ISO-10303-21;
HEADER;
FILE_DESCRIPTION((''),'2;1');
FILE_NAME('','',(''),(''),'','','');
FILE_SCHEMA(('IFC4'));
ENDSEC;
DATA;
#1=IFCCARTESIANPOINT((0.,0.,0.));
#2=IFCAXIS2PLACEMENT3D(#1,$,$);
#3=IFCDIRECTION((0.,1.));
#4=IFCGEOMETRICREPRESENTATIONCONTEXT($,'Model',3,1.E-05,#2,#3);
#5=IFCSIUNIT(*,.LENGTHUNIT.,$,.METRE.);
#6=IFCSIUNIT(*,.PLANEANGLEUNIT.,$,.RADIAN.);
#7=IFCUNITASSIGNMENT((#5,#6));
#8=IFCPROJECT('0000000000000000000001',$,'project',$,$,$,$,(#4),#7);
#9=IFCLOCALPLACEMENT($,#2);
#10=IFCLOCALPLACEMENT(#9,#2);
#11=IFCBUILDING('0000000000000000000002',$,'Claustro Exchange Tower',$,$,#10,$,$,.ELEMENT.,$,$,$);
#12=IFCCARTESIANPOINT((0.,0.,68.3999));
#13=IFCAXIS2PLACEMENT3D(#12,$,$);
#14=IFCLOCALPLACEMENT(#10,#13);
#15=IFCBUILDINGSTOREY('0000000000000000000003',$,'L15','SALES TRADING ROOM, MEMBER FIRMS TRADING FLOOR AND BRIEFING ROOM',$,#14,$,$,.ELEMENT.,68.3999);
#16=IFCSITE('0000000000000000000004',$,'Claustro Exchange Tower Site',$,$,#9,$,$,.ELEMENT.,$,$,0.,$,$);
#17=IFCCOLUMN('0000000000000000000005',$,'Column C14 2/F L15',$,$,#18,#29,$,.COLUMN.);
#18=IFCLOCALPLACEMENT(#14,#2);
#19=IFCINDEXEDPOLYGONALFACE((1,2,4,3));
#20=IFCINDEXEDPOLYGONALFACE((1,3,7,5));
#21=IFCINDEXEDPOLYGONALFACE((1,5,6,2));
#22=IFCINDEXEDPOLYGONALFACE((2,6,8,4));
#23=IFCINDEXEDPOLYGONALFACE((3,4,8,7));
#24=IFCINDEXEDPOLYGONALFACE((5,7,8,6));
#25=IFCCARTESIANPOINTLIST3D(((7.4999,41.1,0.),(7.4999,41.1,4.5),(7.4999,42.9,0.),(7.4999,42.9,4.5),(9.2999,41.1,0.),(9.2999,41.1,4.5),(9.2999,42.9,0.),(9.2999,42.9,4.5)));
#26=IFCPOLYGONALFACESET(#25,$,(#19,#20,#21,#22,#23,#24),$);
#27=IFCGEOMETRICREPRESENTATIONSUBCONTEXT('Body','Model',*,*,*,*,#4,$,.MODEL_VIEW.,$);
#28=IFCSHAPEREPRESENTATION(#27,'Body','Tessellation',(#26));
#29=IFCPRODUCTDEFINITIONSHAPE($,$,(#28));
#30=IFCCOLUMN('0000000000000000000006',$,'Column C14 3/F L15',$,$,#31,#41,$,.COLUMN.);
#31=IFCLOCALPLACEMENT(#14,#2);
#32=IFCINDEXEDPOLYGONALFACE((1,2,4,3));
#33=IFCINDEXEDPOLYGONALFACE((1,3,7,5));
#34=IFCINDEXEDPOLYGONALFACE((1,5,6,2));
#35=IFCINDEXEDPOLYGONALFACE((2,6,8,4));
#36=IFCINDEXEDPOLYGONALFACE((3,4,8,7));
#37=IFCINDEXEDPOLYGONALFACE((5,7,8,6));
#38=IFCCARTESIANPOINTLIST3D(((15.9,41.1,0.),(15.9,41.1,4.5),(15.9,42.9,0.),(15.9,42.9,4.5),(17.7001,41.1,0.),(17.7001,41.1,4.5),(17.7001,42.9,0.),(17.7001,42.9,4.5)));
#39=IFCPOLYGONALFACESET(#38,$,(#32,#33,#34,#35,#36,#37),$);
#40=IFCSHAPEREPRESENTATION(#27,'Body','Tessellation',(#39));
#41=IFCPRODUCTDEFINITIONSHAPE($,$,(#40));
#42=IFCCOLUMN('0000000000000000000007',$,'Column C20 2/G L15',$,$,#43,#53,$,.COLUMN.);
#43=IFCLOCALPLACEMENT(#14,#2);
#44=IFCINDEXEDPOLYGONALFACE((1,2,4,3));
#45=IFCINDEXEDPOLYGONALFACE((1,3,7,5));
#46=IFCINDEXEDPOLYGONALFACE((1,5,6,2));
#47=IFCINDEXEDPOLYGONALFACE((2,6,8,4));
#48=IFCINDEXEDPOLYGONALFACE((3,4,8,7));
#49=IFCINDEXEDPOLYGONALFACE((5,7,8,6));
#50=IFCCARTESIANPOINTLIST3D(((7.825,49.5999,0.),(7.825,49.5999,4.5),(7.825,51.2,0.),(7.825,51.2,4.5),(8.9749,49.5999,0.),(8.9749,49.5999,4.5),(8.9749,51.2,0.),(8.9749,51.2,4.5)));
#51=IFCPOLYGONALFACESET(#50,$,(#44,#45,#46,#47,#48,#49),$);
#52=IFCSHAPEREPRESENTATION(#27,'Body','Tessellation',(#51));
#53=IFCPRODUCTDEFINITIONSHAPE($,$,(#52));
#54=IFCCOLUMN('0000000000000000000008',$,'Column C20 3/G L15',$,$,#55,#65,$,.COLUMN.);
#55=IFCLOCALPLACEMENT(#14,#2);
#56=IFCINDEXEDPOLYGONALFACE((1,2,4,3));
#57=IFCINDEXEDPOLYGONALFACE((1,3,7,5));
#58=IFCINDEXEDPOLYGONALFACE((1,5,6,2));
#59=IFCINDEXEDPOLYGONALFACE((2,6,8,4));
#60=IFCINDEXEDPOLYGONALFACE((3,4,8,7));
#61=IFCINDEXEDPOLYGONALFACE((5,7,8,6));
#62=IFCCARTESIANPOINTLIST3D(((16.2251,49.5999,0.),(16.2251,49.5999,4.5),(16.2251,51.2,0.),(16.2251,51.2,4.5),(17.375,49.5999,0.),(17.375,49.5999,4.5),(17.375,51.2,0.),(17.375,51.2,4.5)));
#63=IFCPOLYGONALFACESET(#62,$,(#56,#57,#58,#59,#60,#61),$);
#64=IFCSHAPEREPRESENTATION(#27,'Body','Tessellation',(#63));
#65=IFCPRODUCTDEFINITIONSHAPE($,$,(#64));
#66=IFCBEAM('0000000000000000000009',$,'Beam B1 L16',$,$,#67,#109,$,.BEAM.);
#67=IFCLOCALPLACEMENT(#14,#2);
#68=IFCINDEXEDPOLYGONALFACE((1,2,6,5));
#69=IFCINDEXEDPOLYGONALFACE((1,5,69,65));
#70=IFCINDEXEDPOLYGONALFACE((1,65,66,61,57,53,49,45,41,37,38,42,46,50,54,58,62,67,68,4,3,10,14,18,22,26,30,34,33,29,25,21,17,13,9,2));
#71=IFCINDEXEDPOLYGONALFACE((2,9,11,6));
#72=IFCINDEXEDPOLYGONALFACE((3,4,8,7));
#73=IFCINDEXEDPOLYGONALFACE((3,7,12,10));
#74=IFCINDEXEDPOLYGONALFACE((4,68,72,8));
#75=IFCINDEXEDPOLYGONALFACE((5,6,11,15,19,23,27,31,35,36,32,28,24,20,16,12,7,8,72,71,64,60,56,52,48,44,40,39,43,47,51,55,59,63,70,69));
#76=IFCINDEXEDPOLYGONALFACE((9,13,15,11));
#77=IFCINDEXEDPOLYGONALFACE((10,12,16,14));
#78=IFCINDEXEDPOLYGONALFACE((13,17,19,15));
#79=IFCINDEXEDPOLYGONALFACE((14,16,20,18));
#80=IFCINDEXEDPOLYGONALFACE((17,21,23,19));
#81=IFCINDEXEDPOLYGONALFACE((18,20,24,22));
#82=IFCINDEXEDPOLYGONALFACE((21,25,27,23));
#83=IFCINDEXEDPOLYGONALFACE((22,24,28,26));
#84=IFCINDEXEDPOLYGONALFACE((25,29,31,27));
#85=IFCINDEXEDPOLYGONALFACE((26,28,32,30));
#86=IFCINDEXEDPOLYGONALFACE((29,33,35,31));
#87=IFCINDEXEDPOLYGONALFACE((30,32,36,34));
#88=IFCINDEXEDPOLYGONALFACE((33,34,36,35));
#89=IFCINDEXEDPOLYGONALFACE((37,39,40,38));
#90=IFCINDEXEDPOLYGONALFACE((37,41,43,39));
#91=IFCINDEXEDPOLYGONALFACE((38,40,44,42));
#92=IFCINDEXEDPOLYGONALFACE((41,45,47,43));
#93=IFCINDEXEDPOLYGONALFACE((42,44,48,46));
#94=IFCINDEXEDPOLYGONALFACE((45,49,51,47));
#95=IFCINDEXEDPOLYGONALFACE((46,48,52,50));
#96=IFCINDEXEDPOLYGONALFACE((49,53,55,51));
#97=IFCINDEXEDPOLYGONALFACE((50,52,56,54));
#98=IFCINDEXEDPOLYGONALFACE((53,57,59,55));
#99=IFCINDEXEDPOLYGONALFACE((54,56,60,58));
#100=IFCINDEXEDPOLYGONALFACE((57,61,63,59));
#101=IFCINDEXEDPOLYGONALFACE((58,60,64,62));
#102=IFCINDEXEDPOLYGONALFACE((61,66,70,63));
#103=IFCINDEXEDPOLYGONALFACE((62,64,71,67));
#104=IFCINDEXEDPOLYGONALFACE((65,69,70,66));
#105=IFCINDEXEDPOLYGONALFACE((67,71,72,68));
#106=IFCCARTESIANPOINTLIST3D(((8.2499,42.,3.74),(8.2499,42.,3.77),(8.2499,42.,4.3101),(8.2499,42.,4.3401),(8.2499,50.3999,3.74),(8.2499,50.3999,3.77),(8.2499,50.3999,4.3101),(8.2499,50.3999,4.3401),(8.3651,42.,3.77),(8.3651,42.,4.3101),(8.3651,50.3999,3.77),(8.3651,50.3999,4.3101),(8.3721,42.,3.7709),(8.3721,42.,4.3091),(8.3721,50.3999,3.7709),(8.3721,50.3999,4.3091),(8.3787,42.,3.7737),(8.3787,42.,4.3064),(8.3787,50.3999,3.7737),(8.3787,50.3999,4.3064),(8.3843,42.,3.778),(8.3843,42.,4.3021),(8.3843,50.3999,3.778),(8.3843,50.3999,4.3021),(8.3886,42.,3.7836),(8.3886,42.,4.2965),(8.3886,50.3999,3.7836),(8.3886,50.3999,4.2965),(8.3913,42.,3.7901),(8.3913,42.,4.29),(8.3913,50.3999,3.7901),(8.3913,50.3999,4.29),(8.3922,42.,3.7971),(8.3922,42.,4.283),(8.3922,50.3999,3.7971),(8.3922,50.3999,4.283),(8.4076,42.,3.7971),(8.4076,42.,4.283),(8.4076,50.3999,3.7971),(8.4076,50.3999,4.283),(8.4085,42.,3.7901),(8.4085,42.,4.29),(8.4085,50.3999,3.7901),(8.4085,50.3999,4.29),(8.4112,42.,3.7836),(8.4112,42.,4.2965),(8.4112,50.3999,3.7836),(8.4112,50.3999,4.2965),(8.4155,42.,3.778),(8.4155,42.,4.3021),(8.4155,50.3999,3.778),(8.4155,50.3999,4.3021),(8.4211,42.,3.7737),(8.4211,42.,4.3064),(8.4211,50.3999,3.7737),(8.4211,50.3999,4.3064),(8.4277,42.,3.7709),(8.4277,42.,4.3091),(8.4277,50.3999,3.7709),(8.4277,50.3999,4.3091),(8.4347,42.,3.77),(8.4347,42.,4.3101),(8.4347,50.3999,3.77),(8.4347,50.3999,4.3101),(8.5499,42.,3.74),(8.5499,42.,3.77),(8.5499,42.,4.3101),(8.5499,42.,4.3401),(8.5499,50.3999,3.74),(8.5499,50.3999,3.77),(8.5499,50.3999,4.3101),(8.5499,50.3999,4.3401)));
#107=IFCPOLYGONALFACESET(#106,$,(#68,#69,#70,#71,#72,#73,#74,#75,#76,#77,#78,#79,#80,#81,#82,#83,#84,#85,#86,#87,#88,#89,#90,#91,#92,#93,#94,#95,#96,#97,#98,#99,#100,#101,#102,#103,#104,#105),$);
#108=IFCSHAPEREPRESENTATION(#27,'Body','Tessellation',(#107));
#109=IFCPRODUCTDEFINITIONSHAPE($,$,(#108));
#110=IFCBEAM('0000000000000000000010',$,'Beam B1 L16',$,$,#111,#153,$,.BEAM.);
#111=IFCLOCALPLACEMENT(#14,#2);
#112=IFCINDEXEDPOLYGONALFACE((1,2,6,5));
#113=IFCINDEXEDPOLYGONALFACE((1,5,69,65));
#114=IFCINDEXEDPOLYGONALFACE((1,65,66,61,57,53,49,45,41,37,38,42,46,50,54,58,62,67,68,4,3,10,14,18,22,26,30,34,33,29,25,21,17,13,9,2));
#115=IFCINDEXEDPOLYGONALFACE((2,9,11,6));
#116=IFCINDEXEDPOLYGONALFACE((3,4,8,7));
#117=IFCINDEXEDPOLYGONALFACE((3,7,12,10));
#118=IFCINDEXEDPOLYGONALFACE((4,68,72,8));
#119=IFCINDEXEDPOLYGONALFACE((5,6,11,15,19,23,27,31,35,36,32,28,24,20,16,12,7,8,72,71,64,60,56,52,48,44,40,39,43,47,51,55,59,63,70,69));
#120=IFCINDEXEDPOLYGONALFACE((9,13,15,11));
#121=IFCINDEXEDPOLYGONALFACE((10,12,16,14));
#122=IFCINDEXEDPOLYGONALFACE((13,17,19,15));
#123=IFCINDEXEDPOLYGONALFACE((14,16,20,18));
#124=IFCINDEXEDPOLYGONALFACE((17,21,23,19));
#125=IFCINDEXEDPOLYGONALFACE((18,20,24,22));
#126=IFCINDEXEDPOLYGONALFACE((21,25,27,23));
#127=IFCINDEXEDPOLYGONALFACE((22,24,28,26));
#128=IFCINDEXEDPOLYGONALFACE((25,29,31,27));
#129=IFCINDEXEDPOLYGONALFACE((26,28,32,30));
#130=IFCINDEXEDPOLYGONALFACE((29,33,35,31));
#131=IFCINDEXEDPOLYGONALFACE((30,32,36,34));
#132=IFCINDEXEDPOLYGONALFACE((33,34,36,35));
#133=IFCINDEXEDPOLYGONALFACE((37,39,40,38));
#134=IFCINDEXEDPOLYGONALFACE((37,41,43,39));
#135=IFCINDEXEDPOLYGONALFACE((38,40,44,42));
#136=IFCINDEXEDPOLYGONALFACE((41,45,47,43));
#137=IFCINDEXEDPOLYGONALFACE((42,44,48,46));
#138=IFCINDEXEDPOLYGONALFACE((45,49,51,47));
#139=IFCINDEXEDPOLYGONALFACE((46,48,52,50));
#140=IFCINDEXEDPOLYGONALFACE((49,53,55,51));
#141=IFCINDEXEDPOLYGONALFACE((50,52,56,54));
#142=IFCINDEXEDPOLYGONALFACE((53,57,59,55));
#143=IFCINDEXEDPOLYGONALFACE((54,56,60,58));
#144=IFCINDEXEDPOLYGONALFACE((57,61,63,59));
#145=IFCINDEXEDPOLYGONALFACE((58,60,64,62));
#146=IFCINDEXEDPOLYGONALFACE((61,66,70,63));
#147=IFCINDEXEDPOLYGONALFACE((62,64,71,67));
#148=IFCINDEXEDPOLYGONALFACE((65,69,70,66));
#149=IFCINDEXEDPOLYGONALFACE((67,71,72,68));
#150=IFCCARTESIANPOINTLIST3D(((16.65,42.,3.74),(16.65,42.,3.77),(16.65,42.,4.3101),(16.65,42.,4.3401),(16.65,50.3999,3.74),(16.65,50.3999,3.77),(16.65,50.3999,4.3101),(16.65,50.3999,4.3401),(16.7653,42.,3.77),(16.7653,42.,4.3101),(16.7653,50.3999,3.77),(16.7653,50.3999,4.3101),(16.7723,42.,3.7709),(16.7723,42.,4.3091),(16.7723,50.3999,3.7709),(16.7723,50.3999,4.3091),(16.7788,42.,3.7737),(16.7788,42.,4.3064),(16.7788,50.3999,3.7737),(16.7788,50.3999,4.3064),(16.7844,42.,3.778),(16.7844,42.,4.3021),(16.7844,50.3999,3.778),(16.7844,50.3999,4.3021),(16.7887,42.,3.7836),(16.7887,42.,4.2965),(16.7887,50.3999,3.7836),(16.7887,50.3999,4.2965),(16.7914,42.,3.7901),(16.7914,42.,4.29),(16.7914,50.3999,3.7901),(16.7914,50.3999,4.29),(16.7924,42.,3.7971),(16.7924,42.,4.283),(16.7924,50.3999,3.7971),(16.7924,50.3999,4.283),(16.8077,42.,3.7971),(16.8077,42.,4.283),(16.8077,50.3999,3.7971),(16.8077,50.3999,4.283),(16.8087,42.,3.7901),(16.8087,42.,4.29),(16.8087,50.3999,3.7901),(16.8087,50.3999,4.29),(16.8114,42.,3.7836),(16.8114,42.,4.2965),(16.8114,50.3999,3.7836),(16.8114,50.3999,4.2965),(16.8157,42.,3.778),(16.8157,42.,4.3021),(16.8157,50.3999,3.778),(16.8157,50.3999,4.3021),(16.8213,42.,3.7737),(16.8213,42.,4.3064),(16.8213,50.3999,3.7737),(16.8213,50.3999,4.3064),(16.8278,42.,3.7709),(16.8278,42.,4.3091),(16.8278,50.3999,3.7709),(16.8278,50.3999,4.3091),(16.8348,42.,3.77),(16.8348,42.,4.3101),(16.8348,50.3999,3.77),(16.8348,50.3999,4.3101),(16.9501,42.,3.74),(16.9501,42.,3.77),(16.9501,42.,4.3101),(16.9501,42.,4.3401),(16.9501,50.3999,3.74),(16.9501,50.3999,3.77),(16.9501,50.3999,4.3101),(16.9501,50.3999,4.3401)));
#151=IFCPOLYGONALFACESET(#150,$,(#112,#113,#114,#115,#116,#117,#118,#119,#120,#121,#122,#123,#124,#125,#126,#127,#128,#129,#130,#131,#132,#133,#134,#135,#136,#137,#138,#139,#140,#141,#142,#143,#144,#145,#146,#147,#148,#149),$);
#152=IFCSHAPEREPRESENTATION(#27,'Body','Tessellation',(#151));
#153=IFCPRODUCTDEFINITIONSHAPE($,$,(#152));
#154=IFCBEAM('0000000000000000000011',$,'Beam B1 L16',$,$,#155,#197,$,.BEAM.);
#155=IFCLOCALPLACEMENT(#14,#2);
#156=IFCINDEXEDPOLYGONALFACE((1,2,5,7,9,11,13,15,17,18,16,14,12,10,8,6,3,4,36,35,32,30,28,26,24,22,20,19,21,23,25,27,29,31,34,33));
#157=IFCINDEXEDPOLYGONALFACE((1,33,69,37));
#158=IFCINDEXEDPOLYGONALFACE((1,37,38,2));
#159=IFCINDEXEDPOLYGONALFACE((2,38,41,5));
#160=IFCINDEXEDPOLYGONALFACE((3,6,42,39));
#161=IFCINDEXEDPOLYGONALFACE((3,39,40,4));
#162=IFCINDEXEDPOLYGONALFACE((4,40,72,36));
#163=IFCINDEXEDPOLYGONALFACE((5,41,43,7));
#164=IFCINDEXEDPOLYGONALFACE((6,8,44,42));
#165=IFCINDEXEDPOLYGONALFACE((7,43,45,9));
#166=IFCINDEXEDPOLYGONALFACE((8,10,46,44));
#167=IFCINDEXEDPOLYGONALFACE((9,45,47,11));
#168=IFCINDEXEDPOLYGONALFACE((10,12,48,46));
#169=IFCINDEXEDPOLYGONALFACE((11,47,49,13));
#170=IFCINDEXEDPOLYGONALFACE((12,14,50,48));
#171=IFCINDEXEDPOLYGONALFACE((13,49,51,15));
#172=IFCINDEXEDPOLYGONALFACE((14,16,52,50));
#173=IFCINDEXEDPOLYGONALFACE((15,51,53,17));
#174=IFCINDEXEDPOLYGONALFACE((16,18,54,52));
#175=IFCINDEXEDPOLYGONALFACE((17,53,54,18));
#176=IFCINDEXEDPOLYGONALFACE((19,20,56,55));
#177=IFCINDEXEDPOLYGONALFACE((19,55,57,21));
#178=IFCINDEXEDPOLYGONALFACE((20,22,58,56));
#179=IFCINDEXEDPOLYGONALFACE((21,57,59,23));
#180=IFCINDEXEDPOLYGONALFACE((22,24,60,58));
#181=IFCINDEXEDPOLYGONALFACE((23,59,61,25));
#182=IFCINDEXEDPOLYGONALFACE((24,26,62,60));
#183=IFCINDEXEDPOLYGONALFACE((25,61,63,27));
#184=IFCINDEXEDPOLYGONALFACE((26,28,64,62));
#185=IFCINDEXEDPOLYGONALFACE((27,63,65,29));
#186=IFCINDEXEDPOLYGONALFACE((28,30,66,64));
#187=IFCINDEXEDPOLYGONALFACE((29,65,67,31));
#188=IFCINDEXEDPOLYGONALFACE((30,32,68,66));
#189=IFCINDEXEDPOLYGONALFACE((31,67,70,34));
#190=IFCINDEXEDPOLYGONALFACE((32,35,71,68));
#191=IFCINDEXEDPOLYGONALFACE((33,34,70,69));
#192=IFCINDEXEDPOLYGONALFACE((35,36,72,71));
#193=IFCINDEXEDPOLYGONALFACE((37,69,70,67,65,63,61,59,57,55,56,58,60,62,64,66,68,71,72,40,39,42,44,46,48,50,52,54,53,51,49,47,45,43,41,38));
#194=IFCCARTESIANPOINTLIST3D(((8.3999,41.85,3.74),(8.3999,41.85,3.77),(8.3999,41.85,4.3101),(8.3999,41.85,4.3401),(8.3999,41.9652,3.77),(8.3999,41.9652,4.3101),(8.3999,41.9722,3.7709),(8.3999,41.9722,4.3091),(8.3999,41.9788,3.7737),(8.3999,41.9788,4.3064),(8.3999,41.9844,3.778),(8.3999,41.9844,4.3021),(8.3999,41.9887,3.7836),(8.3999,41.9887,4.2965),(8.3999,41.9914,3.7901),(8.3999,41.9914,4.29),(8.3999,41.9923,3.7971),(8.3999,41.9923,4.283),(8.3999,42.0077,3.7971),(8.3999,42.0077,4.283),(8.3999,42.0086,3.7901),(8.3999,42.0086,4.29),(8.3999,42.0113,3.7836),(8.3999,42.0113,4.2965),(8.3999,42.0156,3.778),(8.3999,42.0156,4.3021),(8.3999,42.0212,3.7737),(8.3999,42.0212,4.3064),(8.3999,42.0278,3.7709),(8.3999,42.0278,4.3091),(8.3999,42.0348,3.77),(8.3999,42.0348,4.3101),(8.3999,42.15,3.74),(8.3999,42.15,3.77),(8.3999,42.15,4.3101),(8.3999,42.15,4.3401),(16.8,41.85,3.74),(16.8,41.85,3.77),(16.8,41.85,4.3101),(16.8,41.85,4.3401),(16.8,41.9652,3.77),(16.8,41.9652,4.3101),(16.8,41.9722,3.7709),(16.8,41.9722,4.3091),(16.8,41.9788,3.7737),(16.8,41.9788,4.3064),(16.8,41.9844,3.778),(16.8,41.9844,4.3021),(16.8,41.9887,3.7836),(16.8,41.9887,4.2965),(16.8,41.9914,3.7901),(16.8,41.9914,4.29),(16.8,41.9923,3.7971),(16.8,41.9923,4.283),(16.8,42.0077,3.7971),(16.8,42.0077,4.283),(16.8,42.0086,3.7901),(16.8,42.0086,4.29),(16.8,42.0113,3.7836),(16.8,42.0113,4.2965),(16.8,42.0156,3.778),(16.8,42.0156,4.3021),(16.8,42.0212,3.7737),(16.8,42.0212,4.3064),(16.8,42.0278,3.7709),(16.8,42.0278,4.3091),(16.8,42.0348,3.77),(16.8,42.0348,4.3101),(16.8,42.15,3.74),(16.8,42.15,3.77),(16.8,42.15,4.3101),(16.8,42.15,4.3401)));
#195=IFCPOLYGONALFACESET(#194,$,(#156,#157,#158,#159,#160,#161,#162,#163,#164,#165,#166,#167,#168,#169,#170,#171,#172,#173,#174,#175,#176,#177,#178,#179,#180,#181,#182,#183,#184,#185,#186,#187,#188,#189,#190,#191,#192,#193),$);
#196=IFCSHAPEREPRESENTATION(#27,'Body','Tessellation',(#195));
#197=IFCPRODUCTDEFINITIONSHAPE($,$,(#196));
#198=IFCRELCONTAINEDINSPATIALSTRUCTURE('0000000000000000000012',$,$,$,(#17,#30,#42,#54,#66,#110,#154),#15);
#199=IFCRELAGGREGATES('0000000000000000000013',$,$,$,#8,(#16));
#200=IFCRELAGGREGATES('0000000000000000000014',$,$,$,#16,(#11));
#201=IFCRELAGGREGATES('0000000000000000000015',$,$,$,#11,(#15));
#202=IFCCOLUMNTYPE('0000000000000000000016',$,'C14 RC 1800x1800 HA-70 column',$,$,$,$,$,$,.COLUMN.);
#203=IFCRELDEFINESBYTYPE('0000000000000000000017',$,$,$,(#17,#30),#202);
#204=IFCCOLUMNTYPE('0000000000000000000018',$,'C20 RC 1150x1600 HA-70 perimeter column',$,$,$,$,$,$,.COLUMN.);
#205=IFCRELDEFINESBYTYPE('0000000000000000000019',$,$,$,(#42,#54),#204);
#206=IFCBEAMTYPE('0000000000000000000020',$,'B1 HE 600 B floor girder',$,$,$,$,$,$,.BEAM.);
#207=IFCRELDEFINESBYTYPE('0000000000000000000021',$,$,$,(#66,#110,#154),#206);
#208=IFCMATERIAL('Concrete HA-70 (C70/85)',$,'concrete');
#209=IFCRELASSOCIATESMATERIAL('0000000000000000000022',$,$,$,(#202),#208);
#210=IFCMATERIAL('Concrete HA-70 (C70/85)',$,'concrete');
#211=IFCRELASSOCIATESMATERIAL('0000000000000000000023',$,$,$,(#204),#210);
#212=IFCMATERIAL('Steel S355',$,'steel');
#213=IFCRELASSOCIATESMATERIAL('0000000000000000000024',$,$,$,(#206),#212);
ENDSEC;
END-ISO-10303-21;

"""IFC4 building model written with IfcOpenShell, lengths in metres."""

from ifc_helpers import new_model, si_unit, direction, frame, origin, origin_2d, place, context, subcontext, project, spatial, rectangle, i_section, extrude, material, material_profile, profile_set, type_object, element, save


model = new_model("IFC4")

# Units and contexts
model_context = context("Model", 3, precision=1e-05, world=origin(), true_north=direction((0.0, 1.0)))
body_context = subcontext(model_context, "Body", "Model", "MODEL_VIEW")
ifc_project = project(units=[si_unit("LENGTHUNIT", "METRE"), si_unit("PLANEANGLEUNIT", "RADIAN")], contexts=[model_context])

# Site, building, storey
site_placement = place(None, origin())
site = spatial("IfcSite", under=ifc_project, at=site_placement, Name="Claustro Exchange Tower Site", CompositionType="ELEMENT", RefElevation=0.0)
building_placement = place(site_placement, origin())
building = spatial("IfcBuilding", under=site, at=building_placement, Name="Claustro Exchange Tower", CompositionType="ELEMENT")
storey_placement = place(building_placement, frame((0.0, 0.0, 68.3999)))
storey = spatial("IfcBuildingStorey", under=building, at=storey_placement, Name="L15", Description="SALES TRADING ROOM, MEMBER FIRMS TRADING FLOOR AND BRIEFING ROOM", CompositionType="ELEMENT", Elevation=68.3999)

# Columns
ifc_material_1 = material(Name="Concrete HA-70 (C70/85)", Category="concrete")
ifc_material_profile_1 = material_profile(ifc_material_1, rectangle(XDim=1.8, YDim=1.8, at=origin_2d()), Name="RC 1800x1800")
ifc_profile_set_1 = profile_set([ifc_material_profile_1], Name="Concrete HA-70 (C70/85)")
column_type_1 = type_object("IfcColumnType", Name="C14 RC 1800x1800 HA-70 column", PredefinedType="COLUMN", material=ifc_profile_set_1)
for number, where, z_axis, x_axis, name in (
    (1, (8.3999, 42.0, 0.0), (0.0, 0.0, 1.0), (1.0, 0.0, 0.0), "Column C14 2/F L15"),
    (2, (16.8, 42.0, 0.0), (0.0, 0.0, 1.0), (1.0, 0.0, 0.0), "Column C14 3/F L15"),
):
    element("IfcColumn", number, at=place(storey_placement, frame(where, z_axis=z_axis, x_axis=x_axis)), inside=storey, type_object=column_type_1, Name=name, PredefinedType="COLUMN", context=body_context, shape_type="SweptSolid", body=[
        extrude(rectangle(XDim=1.8, YDim=1.8, at=origin_2d()), origin(), (0.0, 0.0, 1.0), 4.5),
    ])
ifc_material_2 = material(Name="Concrete HA-70 (C70/85)", Category="concrete")
ifc_material_profile_2 = material_profile(ifc_material_2, rectangle(XDim=1.1499, YDim=1.6001, at=origin_2d()), Name="RC 1150x1600")
ifc_profile_set_2 = profile_set([ifc_material_profile_2], Name="Concrete HA-70 (C70/85)")
column_type_2 = type_object("IfcColumnType", Name="C20 RC 1150x1600 HA-70 perimeter column", PredefinedType="COLUMN", material=ifc_profile_set_2)
for number, where, z_axis, x_axis, name in (
    (3, (8.3999, 50.3999, 0.0), (0.0, 0.0, 1.0), (1.0, 0.0, 0.0), "Column C20 2/G L15"),
    (4, (16.8, 50.3999, 0.0), (0.0, 0.0, 1.0), (1.0, 0.0, 0.0), "Column C20 3/G L15"),
):
    element("IfcColumn", number, at=place(storey_placement, frame(where, z_axis=z_axis, x_axis=x_axis)), inside=storey, type_object=column_type_2, Name=name, PredefinedType="COLUMN", context=body_context, shape_type="SweptSolid", body=[
        extrude(rectangle(XDim=1.1499, YDim=1.6001, at=origin_2d()), origin(), (0.0, 0.0, 1.0), 4.5),
    ])

# Beams
ifc_material_3 = material(Name="Steel S355", Category="steel")
ifc_material_profile_3 = material_profile(ifc_material_3, i_section(OverallWidth=0.3, OverallDepth=0.6001, WebThickness=0.0154, FlangeThickness=0.03, FilletRadius=0.0271, at=origin_2d()), Name="HE 600 B")
ifc_profile_set_3 = profile_set([ifc_material_profile_3], Name="Steel S355")
beam_type_1 = type_object("IfcBeamType", Name="B1 HE 600 B floor girder", PredefinedType="BEAM", material=ifc_profile_set_3)
for number, where, z_axis, x_axis, name in (
    (5, (8.3999, 42.0, 4.04), (0.0, 1.0, 0.0), (-1.0, 0.0, 0.0), "Beam B1 L16"),
    (6, (16.8, 42.0, 4.04), (0.0, 1.0, 0.0), (-1.0, 0.0, 0.0), "Beam B1 L16"),
):
    element("IfcBeam", number, at=place(storey_placement, frame(where, z_axis=z_axis, x_axis=x_axis)), inside=storey, type_object=beam_type_1, Name=name, PredefinedType="BEAM", context=body_context, shape_type="SweptSolid", body=[
        extrude(i_section(OverallWidth=0.3, OverallDepth=0.6001, WebThickness=0.0154, FlangeThickness=0.03, FilletRadius=0.0271, at=origin_2d()), origin(), (0.0, 0.0, 1.0), 8.3999),
    ])
beam_1_placement = place(storey_placement, frame((8.3999, 42.0, 4.04), z_axis=(1.0, 0.0, 0.0), x_axis=(0.0, 1.0, 0.0)))
element("IfcBeam", 7, at=beam_1_placement, inside=storey, type_object=beam_type_1, Name="Beam B1 L16", PredefinedType="BEAM", context=body_context, shape_type="SweptSolid", body=[
    extrude(i_section(OverallWidth=0.3, OverallDepth=0.6001, WebThickness=0.0154, FlangeThickness=0.03, FilletRadius=0.0271, at=origin_2d()), origin(), (0.0, 0.0, 1.0), 8.4001),
])

save(model, "model.ifc")
